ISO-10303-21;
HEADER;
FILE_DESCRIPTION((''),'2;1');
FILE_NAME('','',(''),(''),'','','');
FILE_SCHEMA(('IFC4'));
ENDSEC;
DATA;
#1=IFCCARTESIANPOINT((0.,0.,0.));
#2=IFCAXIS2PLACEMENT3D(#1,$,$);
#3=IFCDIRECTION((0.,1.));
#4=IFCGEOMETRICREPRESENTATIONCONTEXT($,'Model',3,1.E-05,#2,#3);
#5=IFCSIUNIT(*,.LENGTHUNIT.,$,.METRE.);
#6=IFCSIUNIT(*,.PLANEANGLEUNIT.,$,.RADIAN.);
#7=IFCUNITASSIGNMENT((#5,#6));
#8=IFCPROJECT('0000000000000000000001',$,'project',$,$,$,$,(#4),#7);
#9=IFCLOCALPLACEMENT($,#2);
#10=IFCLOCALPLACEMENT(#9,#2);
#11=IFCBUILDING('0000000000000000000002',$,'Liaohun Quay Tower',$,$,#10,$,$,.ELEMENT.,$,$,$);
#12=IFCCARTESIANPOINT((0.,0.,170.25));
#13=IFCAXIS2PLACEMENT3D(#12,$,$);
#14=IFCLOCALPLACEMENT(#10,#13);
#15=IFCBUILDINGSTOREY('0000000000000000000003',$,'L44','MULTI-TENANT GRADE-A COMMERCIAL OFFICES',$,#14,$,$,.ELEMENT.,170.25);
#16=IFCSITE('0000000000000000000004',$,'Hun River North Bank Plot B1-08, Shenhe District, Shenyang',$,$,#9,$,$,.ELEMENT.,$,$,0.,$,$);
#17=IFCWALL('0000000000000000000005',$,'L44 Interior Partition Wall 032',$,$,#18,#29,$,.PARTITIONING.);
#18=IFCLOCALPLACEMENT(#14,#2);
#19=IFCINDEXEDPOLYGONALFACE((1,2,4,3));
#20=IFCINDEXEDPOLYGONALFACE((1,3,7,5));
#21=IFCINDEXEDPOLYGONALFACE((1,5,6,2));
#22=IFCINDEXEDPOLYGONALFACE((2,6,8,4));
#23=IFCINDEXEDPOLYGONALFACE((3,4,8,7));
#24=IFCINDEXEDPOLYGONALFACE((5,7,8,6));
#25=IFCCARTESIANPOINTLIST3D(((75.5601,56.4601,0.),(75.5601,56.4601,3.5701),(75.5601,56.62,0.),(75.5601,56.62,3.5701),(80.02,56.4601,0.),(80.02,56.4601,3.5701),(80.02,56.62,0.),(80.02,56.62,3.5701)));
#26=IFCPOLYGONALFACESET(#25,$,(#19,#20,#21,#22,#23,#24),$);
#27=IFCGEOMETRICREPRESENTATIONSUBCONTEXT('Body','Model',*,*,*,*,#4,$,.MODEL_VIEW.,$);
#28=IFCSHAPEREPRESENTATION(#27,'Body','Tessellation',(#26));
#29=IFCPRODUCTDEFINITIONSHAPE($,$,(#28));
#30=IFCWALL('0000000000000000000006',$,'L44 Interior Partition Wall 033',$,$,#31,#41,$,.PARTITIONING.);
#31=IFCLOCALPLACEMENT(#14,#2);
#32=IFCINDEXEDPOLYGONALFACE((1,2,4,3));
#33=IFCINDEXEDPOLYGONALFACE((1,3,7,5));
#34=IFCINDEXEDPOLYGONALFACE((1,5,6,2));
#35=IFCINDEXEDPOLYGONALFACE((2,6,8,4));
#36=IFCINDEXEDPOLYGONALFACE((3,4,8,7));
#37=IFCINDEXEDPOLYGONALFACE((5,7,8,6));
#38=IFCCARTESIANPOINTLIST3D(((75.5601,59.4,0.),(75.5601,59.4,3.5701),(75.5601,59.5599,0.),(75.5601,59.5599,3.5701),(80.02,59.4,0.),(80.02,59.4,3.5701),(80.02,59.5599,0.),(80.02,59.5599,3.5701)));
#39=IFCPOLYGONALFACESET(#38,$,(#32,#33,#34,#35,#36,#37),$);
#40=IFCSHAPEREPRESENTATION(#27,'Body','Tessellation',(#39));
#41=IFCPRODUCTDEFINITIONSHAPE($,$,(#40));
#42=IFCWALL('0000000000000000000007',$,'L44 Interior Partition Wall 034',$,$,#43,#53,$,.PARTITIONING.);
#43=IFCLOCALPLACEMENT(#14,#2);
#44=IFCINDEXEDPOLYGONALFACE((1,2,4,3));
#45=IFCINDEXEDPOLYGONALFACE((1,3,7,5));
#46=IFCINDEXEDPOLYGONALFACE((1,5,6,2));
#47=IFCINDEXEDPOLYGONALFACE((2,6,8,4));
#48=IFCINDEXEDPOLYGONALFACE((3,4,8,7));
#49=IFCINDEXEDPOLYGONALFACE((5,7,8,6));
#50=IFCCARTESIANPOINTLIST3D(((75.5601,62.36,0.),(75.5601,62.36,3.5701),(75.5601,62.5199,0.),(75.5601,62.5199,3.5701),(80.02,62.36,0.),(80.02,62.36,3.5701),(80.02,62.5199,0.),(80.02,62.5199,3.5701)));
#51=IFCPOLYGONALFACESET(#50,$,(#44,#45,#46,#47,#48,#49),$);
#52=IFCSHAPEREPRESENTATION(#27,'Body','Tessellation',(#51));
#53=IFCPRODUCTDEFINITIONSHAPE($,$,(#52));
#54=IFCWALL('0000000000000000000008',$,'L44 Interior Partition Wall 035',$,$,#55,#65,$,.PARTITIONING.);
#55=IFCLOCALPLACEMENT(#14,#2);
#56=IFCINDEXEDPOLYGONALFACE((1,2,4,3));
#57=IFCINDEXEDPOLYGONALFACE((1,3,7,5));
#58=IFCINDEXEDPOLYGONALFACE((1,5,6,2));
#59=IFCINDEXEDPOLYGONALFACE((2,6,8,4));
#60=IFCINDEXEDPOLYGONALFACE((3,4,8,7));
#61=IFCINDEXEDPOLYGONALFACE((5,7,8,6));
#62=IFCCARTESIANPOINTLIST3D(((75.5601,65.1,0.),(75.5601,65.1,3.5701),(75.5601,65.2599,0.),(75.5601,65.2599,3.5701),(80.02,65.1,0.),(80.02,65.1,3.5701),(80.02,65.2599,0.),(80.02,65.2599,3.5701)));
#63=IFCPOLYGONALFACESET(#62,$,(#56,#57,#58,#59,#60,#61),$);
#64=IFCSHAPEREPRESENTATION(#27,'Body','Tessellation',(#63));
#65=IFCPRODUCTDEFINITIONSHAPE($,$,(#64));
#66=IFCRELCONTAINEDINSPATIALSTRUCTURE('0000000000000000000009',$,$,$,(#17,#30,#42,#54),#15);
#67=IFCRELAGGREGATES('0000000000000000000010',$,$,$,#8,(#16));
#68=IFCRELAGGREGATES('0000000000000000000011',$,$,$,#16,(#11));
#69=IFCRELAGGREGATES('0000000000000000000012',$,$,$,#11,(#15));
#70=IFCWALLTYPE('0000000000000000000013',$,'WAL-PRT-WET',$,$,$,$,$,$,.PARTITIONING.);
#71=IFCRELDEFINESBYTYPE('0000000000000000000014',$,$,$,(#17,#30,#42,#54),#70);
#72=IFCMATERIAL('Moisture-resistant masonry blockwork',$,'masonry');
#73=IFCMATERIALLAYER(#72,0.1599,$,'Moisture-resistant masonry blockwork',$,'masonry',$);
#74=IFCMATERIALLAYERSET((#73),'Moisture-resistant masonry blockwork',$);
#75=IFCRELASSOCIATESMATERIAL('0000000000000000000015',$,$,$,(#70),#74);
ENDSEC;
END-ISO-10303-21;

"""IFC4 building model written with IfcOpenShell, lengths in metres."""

from ifc_helpers import new_model, si_unit, direction, frame, frame_2d, origin, place, context, subcontext, project, spatial, rectangle, extrude, material, layer, layer_set, type_object, element, save


model = new_model("IFC4")

# Units and contexts
model_context = context("Model", 3, precision=1e-05, world=origin(), true_north=direction((0.0, 1.0)))
body_context = subcontext(model_context, "Body", "Model", "MODEL_VIEW")
ifc_project = project(units=[si_unit("LENGTHUNIT", "METRE"), si_unit("PLANEANGLEUNIT", "RADIAN")], contexts=[model_context])

# Site, building, storey
site_placement = place(None, origin())
site = spatial("IfcSite", under=ifc_project, at=site_placement, Name="Hun River North Bank Plot B1-08, Shenhe District, Shenyang", CompositionType="ELEMENT", RefElevation=0.0)
building_placement = place(site_placement, origin())
building = spatial("IfcBuilding", under=site, at=building_placement, Name="Liaohun Quay Tower", CompositionType="ELEMENT")
storey_placement = place(building_placement, frame((0.0, 0.0, 170.25)))
storey = spatial("IfcBuildingStorey", under=building, at=storey_placement, Name="L44", Description="MULTI-TENANT GRADE-A COMMERCIAL OFFICES", CompositionType="ELEMENT", Elevation=170.25)

# Shared definitions
ifc_material_1 = material(Name="Moisture-resistant masonry blockwork", Category="masonry")
ifc_layer_1 = layer(ifc_material_1, 0.1599, Name="Moisture-resistant masonry blockwork", Category="masonry")
ifc_layer_set_1 = layer_set([ifc_layer_1], Name="Moisture-resistant masonry blockwork")
wall_type_1 = type_object("IfcWallType", Name="WAL-PRT-WET", PredefinedType="PARTITIONING", material=ifc_layer_set_1)

# Walls
for number, where, z_axis, x_axis, name in (
    (1, (75.5601, 56.54, 0.0), (0.0, 0.0, 1.0), (1.0, 0.0, 0.0), "L44 Interior Partition Wall 032"),
    (2, (75.5601, 59.48, 0.0), (0.0, 0.0, 1.0), (1.0, 0.0, 0.0), "L44 Interior Partition Wall 033"),
    (3, (75.5601, 62.4399, 0.0), (0.0, 0.0, 1.0), (1.0, 0.0, 0.0), "L44 Interior Partition Wall 034"),
    (4, (75.5601, 65.1799, 0.0), (0.0, 0.0, 1.0), (1.0, 0.0, 0.0), "L44 Interior Partition Wall 035"),
):
    element("IfcWall", number, at=place(storey_placement, frame(where, z_axis=z_axis, x_axis=x_axis)), inside=storey, type_object=wall_type_1, Name=name, PredefinedType="PARTITIONING", context=body_context, shape_type="SweptSolid", body=[
        extrude(rectangle(XDim=4.46, YDim=0.1599, at=frame_2d((2.23, 0.0))), origin(), (0.0, 0.0, 1.0), 3.5701),
    ])

save(model, "model.ifc")
